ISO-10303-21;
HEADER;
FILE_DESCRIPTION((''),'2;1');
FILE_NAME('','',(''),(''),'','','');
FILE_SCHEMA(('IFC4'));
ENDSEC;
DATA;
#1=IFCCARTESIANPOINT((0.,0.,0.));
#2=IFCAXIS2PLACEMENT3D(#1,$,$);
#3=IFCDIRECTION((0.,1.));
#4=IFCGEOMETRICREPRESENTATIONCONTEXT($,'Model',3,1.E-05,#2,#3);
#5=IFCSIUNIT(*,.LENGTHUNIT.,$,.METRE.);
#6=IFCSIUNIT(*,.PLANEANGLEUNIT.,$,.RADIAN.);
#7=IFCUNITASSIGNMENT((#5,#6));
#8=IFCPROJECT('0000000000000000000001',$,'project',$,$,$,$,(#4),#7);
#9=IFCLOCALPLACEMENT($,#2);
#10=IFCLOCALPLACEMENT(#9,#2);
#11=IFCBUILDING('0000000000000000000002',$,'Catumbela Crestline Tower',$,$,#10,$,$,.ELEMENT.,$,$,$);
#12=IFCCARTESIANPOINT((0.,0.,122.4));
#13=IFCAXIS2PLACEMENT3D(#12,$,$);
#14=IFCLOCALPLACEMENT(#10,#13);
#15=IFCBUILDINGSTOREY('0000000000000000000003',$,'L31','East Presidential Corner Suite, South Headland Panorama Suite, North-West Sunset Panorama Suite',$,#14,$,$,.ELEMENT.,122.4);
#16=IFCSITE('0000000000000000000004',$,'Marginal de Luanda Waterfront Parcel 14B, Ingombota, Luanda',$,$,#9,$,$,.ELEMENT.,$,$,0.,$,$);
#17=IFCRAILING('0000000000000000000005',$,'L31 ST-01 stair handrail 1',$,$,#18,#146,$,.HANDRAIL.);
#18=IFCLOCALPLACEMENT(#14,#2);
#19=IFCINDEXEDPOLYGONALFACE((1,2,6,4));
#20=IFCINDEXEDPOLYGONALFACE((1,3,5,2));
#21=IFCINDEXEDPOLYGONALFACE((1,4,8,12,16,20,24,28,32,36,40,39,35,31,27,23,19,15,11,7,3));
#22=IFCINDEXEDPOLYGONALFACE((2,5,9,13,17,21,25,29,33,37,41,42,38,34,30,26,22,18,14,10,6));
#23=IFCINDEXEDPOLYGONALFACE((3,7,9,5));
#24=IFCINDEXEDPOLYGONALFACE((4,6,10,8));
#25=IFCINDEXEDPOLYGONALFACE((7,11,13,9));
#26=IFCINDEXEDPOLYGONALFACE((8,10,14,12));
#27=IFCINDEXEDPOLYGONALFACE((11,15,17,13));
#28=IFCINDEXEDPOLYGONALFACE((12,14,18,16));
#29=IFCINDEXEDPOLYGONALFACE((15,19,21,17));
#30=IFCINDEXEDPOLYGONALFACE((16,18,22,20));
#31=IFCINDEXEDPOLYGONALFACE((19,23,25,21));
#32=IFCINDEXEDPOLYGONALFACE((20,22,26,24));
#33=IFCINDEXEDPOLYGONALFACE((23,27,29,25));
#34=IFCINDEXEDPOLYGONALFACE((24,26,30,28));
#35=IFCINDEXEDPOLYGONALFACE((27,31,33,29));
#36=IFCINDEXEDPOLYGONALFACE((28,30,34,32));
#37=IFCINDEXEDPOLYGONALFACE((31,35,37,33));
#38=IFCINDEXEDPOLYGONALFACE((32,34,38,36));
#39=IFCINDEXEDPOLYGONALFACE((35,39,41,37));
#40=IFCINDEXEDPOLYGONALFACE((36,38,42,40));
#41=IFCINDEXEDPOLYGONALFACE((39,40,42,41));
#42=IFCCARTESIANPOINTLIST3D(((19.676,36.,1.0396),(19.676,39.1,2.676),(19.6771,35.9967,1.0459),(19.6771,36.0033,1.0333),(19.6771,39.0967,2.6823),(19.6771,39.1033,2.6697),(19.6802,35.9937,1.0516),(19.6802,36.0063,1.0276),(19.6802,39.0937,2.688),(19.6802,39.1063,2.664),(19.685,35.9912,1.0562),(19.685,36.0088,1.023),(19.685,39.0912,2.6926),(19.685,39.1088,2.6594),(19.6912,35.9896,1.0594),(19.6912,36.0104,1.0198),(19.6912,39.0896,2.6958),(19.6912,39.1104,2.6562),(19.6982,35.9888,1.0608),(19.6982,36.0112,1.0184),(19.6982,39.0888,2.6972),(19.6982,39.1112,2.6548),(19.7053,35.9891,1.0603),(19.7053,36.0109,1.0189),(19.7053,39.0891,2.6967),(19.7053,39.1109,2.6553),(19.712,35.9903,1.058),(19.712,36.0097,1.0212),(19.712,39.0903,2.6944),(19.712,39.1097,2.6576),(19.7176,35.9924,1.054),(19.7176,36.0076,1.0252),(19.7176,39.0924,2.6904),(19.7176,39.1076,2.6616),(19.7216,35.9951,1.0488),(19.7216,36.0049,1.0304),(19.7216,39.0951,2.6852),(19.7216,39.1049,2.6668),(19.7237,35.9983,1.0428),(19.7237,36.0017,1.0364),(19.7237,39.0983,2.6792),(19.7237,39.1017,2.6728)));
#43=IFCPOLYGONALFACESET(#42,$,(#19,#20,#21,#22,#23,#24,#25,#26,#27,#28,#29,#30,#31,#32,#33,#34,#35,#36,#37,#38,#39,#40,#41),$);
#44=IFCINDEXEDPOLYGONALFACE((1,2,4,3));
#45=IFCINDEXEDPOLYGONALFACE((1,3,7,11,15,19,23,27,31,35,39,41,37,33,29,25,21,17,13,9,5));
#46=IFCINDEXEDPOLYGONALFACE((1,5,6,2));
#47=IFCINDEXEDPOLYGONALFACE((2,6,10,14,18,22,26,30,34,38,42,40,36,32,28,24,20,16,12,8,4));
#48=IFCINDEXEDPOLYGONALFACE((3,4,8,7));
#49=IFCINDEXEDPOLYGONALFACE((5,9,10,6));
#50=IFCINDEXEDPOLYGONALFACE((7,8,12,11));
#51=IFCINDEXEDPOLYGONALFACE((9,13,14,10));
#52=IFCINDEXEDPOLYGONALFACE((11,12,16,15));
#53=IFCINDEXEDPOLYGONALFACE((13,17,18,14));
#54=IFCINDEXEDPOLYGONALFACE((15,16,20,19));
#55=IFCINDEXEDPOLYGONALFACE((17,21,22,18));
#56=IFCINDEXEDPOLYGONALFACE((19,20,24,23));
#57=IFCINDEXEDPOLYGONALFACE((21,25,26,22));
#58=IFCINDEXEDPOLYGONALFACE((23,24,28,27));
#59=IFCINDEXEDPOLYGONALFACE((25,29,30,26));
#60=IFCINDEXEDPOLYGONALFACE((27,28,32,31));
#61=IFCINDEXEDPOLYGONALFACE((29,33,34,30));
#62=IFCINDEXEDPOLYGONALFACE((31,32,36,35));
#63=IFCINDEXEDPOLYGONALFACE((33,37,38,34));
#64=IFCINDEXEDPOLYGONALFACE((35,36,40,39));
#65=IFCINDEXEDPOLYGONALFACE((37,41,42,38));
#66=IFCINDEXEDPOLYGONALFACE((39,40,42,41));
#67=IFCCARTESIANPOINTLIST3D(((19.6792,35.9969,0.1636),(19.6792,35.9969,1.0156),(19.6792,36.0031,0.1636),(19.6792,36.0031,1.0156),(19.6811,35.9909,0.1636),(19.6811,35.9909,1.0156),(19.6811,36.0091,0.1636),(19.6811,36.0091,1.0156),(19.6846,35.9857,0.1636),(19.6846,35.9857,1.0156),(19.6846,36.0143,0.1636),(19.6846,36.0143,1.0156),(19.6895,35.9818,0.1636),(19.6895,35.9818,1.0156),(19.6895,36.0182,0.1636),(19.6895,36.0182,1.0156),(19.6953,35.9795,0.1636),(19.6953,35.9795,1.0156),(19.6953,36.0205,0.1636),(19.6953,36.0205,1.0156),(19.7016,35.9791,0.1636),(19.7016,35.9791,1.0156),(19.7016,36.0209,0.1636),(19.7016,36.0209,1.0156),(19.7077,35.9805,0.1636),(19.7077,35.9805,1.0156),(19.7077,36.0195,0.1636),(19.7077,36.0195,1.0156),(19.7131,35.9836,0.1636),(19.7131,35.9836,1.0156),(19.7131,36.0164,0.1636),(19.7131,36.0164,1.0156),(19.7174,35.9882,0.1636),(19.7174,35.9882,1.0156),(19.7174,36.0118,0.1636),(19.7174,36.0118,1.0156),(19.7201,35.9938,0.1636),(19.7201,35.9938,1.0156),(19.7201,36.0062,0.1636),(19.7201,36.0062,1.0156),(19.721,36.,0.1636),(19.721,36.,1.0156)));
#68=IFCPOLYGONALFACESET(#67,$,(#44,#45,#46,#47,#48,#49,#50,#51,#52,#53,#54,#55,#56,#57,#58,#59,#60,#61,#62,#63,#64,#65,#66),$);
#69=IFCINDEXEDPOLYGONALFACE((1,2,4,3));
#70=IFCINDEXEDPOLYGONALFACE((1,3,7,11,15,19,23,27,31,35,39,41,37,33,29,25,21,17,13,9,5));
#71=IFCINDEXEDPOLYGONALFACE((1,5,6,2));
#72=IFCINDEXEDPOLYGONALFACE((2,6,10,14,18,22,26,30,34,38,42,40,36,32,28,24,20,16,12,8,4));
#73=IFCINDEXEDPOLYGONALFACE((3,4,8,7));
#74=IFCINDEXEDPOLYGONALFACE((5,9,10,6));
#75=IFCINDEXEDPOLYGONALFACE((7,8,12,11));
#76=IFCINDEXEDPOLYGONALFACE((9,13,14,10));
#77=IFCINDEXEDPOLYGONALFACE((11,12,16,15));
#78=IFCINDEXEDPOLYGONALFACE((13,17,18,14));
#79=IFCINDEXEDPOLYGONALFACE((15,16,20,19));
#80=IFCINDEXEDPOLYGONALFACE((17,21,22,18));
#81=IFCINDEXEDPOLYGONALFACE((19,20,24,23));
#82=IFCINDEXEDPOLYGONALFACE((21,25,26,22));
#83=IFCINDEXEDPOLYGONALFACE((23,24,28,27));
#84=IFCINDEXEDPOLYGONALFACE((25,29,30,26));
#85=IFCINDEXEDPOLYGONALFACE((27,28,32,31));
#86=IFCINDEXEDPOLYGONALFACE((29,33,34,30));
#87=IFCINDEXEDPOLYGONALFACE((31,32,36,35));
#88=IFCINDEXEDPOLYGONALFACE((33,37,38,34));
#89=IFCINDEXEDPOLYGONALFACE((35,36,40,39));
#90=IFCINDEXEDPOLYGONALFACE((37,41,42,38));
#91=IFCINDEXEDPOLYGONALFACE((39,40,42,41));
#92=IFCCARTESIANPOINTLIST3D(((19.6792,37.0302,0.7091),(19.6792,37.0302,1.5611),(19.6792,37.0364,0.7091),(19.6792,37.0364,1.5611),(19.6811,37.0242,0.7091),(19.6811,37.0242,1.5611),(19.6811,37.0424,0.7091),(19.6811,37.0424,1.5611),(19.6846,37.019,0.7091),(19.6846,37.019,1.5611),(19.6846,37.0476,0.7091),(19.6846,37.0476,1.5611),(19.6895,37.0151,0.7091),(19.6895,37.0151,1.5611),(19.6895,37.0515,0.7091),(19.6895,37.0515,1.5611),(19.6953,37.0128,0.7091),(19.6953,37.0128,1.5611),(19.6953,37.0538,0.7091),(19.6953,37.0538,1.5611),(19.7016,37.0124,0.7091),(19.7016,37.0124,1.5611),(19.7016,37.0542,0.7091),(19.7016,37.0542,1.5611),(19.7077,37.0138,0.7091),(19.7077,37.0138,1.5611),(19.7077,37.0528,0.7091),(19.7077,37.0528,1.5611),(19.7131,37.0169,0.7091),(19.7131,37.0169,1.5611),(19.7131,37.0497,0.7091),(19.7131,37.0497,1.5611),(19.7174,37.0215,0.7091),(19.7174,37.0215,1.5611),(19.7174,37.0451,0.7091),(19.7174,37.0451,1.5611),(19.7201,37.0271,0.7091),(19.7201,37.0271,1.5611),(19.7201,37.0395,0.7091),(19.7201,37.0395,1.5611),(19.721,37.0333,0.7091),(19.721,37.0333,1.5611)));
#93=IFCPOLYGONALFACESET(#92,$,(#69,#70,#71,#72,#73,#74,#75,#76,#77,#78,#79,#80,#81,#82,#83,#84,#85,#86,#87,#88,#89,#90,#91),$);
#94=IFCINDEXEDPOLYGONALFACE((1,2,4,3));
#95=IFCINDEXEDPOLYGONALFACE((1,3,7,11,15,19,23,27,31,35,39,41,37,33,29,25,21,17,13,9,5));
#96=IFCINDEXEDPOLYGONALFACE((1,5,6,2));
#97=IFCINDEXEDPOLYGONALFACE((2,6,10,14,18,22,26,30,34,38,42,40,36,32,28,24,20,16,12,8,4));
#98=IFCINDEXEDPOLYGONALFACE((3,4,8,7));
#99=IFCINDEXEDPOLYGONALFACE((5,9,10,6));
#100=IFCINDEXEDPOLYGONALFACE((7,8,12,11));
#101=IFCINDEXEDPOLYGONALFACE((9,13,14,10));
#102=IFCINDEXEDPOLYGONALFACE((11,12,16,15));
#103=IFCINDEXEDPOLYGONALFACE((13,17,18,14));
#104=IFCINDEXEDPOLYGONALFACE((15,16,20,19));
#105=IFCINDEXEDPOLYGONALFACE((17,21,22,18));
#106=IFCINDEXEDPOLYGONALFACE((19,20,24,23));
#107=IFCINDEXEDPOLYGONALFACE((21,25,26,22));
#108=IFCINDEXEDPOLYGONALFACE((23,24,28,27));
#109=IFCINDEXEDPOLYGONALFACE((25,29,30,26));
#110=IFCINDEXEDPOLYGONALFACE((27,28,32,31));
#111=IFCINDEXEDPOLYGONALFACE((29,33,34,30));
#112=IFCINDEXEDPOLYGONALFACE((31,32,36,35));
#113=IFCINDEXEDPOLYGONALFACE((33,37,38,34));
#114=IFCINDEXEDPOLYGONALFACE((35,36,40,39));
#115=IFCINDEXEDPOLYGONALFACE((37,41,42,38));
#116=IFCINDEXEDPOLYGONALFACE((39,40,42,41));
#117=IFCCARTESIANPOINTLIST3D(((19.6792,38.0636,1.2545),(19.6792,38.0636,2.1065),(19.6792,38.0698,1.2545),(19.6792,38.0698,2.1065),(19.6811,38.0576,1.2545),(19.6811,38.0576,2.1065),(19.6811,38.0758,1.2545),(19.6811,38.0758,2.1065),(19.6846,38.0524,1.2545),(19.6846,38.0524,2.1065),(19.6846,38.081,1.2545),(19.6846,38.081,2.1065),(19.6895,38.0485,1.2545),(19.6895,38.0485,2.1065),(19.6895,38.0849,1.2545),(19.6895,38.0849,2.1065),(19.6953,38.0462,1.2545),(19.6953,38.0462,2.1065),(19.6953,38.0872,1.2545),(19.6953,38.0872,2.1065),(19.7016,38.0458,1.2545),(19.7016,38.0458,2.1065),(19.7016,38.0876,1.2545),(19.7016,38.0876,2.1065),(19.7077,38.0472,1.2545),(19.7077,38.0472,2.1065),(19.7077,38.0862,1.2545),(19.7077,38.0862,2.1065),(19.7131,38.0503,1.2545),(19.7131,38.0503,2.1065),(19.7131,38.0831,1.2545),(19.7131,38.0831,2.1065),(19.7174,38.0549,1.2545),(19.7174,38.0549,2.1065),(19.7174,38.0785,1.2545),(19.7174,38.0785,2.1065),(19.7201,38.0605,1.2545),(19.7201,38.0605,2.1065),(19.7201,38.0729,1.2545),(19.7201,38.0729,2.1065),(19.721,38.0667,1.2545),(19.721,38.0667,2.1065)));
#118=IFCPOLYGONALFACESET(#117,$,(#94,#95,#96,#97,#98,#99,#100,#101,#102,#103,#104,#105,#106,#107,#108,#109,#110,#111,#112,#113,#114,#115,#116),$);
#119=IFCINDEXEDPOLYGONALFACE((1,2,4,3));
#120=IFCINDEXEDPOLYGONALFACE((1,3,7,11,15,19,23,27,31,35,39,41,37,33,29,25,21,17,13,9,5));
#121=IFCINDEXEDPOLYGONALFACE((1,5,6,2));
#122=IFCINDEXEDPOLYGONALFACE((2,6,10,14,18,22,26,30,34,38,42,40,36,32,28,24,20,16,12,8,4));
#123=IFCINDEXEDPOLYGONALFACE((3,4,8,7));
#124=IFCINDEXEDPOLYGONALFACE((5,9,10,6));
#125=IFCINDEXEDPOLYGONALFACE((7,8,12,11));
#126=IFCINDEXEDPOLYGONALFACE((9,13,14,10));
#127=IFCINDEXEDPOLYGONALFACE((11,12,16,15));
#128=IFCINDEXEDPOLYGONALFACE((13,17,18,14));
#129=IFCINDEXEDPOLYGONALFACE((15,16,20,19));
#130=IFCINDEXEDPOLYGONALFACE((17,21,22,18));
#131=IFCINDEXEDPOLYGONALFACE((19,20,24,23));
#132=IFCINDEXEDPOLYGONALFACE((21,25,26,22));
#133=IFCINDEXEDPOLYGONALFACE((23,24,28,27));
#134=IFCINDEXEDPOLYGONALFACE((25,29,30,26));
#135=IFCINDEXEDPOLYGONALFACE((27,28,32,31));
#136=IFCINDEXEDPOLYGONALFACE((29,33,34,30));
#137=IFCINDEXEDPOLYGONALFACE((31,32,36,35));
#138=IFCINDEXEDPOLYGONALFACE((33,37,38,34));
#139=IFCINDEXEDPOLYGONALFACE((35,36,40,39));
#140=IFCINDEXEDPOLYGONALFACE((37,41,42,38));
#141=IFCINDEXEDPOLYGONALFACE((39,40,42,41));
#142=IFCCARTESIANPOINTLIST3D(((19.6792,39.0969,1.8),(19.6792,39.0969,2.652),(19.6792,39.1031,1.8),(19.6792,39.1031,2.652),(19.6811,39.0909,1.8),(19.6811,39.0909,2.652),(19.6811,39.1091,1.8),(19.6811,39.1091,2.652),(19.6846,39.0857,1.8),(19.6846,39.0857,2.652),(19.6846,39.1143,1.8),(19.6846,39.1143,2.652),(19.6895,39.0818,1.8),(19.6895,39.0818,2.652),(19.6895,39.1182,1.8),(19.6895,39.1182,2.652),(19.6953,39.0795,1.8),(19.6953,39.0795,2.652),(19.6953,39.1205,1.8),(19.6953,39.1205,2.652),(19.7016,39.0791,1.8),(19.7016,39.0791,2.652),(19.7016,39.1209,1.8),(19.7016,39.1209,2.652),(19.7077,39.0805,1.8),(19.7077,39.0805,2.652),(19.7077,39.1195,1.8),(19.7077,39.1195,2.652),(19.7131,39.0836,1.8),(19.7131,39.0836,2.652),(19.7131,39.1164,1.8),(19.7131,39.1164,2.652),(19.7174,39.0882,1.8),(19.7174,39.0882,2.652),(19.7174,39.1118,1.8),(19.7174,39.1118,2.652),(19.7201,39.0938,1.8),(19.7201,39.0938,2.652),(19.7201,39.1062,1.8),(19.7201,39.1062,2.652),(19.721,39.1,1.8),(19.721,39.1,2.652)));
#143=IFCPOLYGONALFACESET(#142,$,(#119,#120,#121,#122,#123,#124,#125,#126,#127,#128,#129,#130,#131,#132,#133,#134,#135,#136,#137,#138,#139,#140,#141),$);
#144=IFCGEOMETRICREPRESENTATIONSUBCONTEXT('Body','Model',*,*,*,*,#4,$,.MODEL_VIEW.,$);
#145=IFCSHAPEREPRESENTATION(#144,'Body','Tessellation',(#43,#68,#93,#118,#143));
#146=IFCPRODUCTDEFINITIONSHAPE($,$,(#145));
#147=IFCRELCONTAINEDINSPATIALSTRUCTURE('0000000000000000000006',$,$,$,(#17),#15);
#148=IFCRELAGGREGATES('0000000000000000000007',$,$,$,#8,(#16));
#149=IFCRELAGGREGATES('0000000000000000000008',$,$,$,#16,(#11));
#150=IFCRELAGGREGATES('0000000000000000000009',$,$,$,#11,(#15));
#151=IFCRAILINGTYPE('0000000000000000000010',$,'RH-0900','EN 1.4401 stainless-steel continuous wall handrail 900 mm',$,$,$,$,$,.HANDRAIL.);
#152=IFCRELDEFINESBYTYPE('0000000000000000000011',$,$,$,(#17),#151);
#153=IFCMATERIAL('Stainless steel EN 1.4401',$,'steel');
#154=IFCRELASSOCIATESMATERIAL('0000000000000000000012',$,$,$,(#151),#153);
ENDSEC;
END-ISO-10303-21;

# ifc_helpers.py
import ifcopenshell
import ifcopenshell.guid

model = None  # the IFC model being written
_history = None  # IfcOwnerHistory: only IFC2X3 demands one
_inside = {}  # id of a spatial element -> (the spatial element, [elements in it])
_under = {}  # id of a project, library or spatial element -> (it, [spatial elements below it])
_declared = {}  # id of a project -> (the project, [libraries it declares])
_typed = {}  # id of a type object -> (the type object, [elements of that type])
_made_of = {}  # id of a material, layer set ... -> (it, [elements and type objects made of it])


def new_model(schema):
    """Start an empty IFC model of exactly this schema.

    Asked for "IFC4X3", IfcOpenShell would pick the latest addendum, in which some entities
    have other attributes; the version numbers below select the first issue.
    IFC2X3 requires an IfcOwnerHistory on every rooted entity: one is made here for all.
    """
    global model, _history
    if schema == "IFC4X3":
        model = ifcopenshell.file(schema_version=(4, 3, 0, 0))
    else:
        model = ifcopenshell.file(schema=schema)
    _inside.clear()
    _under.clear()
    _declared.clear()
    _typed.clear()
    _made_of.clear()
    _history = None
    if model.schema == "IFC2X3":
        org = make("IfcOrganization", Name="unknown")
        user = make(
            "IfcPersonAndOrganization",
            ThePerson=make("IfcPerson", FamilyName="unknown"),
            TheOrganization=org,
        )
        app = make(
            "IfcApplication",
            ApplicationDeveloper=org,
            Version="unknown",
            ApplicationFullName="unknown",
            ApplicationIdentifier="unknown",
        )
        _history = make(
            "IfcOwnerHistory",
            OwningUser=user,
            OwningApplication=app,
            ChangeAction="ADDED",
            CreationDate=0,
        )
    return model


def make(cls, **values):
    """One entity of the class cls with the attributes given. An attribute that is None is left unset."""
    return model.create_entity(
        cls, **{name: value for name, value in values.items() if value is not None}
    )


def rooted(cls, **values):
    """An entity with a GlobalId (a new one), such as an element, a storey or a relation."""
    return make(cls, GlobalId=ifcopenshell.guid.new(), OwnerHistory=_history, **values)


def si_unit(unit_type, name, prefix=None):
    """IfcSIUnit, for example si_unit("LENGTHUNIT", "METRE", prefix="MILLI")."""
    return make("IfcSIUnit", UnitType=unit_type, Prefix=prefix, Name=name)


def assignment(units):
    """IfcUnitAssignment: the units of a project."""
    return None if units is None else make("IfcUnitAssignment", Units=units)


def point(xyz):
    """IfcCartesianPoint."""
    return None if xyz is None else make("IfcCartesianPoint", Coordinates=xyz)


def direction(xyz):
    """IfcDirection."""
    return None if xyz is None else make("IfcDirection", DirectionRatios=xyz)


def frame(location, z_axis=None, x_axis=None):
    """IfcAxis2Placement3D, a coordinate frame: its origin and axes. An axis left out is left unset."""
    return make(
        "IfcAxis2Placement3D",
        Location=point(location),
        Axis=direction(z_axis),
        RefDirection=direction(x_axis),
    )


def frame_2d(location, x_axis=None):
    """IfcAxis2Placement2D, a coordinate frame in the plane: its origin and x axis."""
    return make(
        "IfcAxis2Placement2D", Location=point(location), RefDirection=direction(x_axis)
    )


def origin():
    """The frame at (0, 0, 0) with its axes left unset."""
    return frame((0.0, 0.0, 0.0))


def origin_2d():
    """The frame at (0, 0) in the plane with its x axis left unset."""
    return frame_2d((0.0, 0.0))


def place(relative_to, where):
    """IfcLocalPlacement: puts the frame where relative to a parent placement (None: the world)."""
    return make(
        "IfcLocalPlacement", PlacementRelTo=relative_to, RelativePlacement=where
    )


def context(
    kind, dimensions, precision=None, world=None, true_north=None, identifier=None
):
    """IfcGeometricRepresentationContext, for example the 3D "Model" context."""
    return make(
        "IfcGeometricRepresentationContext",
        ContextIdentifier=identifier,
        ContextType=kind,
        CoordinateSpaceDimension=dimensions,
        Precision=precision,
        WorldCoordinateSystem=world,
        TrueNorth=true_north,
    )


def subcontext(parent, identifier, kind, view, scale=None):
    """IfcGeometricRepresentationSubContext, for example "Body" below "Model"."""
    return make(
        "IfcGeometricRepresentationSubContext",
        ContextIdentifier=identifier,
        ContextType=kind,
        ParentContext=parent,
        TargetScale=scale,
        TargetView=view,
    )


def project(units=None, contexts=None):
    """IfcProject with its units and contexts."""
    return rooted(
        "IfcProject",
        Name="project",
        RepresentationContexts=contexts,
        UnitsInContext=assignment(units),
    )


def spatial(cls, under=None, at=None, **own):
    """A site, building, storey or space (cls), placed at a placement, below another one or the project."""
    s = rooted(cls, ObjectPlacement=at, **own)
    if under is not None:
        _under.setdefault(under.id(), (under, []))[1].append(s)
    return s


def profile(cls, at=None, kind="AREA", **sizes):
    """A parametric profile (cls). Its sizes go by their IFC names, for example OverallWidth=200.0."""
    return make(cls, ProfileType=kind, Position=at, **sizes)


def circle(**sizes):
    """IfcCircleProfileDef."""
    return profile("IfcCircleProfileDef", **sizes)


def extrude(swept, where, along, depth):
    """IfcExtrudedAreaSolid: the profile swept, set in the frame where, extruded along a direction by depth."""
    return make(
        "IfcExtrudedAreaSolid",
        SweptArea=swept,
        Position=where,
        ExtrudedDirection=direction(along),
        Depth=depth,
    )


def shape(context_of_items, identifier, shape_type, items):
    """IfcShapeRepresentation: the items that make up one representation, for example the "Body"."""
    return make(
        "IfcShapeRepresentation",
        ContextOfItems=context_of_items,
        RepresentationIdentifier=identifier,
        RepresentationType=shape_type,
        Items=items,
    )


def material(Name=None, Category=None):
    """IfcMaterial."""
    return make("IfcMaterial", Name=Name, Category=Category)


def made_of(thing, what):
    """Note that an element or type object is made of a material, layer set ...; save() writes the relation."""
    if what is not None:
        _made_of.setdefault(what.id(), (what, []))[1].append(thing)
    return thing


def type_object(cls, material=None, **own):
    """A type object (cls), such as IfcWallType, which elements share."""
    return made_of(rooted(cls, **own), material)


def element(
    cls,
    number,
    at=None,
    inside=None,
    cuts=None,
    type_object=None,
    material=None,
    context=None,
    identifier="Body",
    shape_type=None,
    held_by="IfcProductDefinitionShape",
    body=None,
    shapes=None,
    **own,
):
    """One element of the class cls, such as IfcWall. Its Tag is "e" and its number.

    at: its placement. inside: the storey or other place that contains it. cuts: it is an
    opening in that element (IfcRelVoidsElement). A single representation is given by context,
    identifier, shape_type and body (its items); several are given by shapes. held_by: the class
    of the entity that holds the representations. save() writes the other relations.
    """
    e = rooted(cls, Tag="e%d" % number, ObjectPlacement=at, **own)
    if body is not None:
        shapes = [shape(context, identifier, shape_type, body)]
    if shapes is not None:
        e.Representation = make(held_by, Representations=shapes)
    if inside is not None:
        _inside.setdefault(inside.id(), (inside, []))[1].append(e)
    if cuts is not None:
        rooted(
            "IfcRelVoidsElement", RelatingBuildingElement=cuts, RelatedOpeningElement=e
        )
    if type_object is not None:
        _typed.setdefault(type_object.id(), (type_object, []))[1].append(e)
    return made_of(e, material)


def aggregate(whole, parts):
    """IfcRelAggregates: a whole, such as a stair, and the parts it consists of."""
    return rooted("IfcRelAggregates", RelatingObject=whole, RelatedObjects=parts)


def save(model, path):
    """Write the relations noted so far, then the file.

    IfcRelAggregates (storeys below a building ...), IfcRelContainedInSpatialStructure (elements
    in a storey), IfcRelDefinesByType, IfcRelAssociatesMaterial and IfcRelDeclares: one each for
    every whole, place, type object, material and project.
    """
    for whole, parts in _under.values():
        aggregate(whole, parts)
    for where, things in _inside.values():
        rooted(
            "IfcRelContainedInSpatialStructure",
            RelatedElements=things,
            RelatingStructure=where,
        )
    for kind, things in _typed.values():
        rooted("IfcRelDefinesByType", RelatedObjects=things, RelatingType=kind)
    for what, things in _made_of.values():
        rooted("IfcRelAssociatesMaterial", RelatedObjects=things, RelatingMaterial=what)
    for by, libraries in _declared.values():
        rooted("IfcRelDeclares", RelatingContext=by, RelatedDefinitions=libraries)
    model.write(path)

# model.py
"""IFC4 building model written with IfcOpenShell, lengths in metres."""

from ifc_helpers import new_model, si_unit, direction, frame, origin, origin_2d, place, context, subcontext, project, spatial, circle, extrude, material, type_object, element, save


model = new_model("IFC4")

# Units and contexts
model_context = context("Model", 3, precision=1e-05, world=origin(), true_north=direction((0.0, 1.0)))
body_context = subcontext(model_context, "Body", "Model", "MODEL_VIEW")
ifc_project = project(units=[si_unit("LENGTHUNIT", "METRE"), si_unit("PLANEANGLEUNIT", "RADIAN")], contexts=[model_context])

# Site, building, storey
site_placement = place(None, origin())
site = spatial("IfcSite", under=ifc_project, at=site_placement, Name="Marginal de Luanda Waterfront Parcel 14B, Ingombota, Luanda", CompositionType="ELEMENT", RefElevation=0.0)
building_placement = place(site_placement, origin())
building = spatial("IfcBuilding", under=site, at=building_placement, Name="Catumbela Crestline Tower", CompositionType="ELEMENT")
storey_placement = place(building_placement, frame((0.0, 0.0, 122.4)))
storey = spatial("IfcBuildingStorey", under=building, at=storey_placement, Name="L31", Description="East Presidential Corner Suite, South Headland Panorama Suite, North-West Sunset Panorama Suite", CompositionType="ELEMENT", Elevation=122.4)

# Shared definitions
ifc_material_1 = material(Name="Stainless steel EN 1.4401", Category="steel")

# Railing
railing_type = type_object("IfcRailingType", Name="RH-0900", Description="EN 1.4401 stainless-steel continuous wall handrail 900 mm", PredefinedType="HANDRAIL", material=ifc_material_1)
railing_placement = place(storey_placement, frame((19.7, 36.0, 0.1636)))
element("IfcRailing", 1, at=railing_placement, inside=storey, type_object=railing_type, Name="L31 ST-01 stair handrail 1", PredefinedType="HANDRAIL", context=body_context, shape_type="SweptSolid", body=[
    extrude(circle(Radius=0.024, at=origin_2d()), frame((0.0, 0.0, 0.876), z_axis=(0.0, 0.884351, 0.466823), x_axis=(-1.0, 0.0, 0.0)), (0.0, 0.0, 1.0), 3.5054),
    extrude(circle(Radius=0.021, at=origin_2d()), origin(), (0.0, 0.0, 1.0), 0.852),
    extrude(circle(Radius=0.021, at=origin_2d()), frame((0.0, 1.0333, 0.5455)), (0.0, 0.0, 1.0), 0.852),
    extrude(circle(Radius=0.021, at=origin_2d()), frame((0.0, 2.0667, 1.0909)), (0.0, 0.0, 1.0), 0.852),
    extrude(circle(Radius=0.021, at=origin_2d()), frame((0.0, 3.1, 1.6364)), (0.0, 0.0, 1.0), 0.852),
])

save(model, "model.ifc")
